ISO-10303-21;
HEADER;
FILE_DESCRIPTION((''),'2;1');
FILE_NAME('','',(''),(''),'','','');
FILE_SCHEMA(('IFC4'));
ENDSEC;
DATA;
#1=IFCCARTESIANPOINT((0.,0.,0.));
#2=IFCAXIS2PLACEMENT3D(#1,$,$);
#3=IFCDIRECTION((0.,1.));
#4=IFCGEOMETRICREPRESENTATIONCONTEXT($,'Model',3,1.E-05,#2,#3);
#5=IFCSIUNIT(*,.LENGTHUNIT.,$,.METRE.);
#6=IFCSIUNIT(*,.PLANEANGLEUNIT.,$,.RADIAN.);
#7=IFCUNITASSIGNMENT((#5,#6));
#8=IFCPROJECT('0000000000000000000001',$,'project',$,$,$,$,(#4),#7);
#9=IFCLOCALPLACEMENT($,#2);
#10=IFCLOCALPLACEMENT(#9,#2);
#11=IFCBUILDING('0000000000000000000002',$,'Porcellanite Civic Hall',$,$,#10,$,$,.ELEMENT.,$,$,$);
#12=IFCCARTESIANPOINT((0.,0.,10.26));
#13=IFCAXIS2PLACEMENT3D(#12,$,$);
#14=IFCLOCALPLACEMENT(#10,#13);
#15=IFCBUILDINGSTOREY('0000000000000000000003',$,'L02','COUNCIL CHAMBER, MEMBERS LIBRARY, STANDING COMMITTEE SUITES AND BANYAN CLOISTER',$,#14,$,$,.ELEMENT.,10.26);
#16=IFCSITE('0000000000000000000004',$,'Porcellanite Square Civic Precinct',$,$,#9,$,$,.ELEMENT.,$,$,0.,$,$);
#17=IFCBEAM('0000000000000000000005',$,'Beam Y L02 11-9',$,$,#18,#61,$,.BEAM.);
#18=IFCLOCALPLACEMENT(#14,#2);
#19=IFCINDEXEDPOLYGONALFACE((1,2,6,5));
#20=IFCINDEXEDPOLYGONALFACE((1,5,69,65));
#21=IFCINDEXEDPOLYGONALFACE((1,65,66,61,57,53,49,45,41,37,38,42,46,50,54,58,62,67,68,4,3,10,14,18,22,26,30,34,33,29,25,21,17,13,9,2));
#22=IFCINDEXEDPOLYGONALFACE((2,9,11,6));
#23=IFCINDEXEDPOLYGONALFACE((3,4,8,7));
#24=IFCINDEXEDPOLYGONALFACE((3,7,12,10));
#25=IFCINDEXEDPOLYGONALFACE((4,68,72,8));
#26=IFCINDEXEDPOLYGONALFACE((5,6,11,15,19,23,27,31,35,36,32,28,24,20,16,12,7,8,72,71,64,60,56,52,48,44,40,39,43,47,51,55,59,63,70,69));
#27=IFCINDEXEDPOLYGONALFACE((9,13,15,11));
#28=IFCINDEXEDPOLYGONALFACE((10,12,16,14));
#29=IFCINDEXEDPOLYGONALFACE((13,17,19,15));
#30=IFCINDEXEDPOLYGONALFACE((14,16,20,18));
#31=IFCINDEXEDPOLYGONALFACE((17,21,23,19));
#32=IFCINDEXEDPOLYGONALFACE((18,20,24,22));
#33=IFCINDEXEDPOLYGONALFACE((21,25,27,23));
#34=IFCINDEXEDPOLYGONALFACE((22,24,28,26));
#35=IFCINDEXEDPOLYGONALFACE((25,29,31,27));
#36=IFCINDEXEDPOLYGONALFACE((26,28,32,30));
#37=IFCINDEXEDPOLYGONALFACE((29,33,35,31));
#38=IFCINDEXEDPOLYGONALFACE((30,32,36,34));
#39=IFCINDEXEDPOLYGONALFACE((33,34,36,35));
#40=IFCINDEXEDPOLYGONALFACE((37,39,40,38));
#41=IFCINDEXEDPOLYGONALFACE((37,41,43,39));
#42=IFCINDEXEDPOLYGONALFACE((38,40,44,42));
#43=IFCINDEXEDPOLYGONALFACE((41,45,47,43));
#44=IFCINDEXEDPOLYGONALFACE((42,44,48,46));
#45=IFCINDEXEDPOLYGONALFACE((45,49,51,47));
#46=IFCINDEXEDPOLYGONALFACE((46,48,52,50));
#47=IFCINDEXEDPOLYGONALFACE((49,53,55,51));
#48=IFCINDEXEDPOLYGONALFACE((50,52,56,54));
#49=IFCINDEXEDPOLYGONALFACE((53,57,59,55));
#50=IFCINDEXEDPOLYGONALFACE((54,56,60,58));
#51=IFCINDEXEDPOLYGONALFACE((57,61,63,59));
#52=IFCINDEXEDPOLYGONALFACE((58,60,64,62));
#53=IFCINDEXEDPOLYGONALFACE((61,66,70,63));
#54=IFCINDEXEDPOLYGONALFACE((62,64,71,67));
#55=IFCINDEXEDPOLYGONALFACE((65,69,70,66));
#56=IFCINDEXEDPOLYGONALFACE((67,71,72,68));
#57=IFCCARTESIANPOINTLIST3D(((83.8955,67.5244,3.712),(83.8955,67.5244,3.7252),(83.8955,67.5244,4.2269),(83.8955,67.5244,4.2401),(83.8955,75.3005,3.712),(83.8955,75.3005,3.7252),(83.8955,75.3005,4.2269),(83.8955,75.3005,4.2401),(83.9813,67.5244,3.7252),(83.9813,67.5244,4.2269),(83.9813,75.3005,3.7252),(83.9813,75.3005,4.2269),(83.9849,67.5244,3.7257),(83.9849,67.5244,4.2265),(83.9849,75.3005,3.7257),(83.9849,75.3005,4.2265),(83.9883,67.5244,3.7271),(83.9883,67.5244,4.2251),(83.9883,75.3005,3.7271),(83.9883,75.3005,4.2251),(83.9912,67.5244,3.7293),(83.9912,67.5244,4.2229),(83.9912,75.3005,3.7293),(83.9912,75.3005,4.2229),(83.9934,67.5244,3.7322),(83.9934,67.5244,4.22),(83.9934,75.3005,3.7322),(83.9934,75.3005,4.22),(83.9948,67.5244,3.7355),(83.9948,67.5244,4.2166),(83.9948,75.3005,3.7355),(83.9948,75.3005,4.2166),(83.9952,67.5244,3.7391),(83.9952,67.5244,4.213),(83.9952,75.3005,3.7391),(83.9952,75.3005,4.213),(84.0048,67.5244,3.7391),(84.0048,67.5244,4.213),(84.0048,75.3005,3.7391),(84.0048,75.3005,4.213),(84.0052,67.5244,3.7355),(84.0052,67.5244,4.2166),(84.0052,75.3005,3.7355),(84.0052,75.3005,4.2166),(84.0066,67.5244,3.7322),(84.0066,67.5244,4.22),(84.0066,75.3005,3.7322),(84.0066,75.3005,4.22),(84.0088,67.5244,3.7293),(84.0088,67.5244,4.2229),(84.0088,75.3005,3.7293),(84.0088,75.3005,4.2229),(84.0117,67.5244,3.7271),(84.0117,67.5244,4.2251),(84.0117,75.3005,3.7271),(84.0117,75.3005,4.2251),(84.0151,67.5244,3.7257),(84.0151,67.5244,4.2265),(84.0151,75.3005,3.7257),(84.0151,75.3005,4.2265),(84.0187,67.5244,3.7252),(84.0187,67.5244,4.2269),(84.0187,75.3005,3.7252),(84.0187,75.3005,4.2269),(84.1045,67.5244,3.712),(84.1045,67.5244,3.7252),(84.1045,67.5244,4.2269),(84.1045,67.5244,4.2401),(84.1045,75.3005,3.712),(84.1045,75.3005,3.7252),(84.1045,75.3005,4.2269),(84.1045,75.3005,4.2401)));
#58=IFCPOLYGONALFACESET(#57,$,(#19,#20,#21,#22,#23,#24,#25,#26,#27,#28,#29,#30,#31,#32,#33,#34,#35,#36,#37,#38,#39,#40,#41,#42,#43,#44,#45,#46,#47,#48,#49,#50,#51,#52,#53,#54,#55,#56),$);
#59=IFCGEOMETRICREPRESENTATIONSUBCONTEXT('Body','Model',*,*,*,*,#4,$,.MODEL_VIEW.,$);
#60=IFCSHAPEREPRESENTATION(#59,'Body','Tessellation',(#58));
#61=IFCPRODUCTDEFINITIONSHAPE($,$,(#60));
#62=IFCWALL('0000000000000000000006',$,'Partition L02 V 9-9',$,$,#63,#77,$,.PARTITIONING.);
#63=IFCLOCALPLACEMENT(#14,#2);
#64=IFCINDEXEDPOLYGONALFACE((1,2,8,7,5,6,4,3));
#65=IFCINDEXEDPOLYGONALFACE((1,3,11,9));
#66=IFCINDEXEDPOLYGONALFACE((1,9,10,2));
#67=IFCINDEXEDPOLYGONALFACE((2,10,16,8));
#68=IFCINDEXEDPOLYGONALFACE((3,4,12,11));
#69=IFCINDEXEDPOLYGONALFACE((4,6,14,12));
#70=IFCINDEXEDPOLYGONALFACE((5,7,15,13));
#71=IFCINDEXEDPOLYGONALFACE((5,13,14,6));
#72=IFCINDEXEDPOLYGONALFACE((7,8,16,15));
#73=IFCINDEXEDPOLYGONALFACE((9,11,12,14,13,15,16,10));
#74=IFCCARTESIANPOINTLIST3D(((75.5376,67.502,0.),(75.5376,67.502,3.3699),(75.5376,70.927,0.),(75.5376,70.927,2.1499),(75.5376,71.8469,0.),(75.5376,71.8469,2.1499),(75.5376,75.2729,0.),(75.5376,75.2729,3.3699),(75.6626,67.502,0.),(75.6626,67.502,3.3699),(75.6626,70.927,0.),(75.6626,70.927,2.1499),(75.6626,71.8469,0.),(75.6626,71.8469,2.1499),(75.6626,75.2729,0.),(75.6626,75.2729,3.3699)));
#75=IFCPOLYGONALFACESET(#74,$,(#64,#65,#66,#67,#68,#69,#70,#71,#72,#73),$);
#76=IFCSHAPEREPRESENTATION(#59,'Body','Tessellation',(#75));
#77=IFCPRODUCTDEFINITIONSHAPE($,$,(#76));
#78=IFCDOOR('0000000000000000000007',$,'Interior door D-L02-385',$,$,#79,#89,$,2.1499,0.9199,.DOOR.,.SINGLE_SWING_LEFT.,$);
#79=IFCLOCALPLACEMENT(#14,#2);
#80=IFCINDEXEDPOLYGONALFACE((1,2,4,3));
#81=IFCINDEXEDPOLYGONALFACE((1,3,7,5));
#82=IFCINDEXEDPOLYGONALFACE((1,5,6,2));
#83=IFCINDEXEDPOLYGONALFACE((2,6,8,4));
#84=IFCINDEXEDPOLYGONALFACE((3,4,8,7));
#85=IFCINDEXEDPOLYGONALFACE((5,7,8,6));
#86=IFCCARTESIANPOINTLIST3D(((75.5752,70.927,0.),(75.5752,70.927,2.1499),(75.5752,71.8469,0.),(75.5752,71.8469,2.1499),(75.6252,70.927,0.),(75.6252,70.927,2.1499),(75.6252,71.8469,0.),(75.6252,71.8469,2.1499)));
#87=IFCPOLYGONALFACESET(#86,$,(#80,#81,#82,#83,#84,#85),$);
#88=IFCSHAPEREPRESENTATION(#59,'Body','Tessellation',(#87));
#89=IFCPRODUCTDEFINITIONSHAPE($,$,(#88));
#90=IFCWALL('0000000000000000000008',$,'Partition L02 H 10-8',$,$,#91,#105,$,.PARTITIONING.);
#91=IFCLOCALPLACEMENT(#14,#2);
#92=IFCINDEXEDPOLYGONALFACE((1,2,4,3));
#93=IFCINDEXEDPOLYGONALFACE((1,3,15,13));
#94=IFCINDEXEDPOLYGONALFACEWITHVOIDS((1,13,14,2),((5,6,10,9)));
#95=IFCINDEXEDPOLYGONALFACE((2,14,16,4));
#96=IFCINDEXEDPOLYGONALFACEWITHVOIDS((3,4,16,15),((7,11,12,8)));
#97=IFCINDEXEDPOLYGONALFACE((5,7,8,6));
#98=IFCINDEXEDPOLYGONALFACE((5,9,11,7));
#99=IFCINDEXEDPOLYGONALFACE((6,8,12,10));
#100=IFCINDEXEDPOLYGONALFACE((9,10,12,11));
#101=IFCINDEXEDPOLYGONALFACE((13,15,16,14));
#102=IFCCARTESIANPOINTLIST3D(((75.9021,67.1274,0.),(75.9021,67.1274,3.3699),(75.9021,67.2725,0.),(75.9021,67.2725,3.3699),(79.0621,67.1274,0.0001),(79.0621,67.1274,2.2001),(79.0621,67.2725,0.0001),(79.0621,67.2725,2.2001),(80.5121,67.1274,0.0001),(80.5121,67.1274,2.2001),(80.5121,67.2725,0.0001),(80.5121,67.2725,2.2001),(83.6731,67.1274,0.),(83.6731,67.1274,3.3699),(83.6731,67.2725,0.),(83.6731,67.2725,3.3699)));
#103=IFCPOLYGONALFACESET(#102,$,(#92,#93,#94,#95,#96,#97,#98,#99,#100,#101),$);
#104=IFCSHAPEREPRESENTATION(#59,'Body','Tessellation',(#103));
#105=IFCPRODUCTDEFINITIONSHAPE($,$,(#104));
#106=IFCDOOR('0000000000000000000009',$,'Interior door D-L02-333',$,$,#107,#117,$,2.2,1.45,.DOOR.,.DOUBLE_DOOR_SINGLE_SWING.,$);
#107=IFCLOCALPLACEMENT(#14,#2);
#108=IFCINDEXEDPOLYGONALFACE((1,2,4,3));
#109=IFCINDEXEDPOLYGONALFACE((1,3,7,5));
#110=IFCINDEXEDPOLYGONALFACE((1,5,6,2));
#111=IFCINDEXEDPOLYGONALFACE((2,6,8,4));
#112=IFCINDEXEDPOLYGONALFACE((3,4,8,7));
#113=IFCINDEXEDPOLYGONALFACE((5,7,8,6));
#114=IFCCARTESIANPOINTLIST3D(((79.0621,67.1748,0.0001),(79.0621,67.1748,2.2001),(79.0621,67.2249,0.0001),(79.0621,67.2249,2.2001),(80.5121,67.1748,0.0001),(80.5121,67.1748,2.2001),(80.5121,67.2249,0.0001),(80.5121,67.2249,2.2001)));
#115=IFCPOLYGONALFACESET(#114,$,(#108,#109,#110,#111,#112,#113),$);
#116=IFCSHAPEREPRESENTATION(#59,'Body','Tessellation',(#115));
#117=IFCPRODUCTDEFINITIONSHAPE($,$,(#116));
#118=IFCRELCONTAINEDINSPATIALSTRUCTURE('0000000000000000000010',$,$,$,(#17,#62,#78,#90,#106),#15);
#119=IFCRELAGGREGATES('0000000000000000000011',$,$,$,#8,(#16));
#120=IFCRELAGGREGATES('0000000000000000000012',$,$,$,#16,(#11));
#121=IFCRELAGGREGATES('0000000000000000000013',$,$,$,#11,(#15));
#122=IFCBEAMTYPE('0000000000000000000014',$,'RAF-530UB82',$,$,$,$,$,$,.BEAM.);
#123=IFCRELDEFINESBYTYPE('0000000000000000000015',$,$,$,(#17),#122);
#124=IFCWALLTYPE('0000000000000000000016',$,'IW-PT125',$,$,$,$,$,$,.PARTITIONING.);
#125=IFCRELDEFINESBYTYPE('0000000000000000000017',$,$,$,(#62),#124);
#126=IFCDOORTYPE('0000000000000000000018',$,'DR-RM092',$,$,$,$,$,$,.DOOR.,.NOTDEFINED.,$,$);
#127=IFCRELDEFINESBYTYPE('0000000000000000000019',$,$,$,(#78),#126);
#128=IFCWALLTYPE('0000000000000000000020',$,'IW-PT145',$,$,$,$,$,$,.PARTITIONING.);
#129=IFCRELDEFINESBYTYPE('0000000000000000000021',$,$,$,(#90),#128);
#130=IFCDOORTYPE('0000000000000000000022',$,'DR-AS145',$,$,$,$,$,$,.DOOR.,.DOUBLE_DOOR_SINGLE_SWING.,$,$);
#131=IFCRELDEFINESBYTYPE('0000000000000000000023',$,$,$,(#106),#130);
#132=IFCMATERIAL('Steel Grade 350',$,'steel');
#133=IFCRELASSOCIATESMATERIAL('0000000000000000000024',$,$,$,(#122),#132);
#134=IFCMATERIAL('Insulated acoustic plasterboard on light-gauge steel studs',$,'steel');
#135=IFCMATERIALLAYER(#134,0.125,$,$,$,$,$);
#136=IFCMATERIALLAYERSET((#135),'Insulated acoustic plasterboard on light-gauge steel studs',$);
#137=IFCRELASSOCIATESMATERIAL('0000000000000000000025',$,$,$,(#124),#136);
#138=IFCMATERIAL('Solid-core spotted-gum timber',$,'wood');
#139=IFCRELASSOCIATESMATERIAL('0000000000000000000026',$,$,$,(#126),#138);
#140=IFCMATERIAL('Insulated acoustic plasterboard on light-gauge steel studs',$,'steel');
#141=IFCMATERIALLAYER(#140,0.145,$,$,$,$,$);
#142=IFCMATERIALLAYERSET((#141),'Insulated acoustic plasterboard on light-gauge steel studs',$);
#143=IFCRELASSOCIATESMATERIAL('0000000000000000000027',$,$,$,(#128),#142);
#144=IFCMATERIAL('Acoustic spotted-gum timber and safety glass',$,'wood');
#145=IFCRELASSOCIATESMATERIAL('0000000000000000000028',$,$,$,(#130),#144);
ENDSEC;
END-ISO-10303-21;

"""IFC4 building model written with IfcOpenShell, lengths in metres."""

from ifc_helpers import new_model, si_unit, direction, frame, frame_2d, origin, origin_2d, place, context, subcontext, project, spatial, rectangle, i_section, extrude, material, layer, layer_set, material_profile, profile_set, type_object, element, fill, save


model = new_model("IFC4")

# Units and contexts
model_context = context("Model", 3, precision=1e-05, world=origin(), true_north=direction((0.0, 1.0)))
body_context = subcontext(model_context, "Body", "Model", "MODEL_VIEW")
ifc_project = project(units=[si_unit("LENGTHUNIT", "METRE"), si_unit("PLANEANGLEUNIT", "RADIAN")], contexts=[model_context])

# Site, building, storey
site_placement = place(None, origin())
site = spatial("IfcSite", under=ifc_project, at=site_placement, Name="Porcellanite Square Civic Precinct", CompositionType="ELEMENT", RefElevation=0.0)
building_placement = place(site_placement, origin())
building = spatial("IfcBuilding", under=site, at=building_placement, Name="Porcellanite Civic Hall", CompositionType="ELEMENT")
storey_placement = place(building_placement, frame((0.0, 0.0, 10.26)))
storey = spatial("IfcBuildingStorey", under=building, at=storey_placement, Name="L02", Description="COUNCIL CHAMBER, MEMBERS LIBRARY, STANDING COMMITTEE SUITES AND BANYAN CLOISTER", CompositionType="ELEMENT", Elevation=10.26)

# Beam
ifc_material_1 = material(Name="Steel Grade 350", Category="steel")
ifc_material_profile_1 = material_profile(ifc_material_1, i_section(OverallWidth=0.209, OverallDepth=0.5281, WebThickness=0.0095, FlangeThickness=0.0132, FilletRadius=0.0139, at=origin_2d()), Name="530UB82.0")
ifc_profile_set_1 = profile_set([ifc_material_profile_1], Name="Steel Grade 350")
beam_type_1 = type_object("IfcBeamType", Name="RAF-530UB82", PredefinedType="BEAM", material=ifc_profile_set_1)
beam_1_placement = place(storey_placement, frame((84.0, 67.5244, 3.9761), z_axis=(0.0, 1.0, 0.0), x_axis=(-1.0, 0.0, 0.0)))
element("IfcBeam", 1, at=beam_1_placement, inside=storey, type_object=beam_type_1, Name="Beam Y L02 11-9", PredefinedType="BEAM", context=body_context, shape_type="SweptSolid", body=[
    extrude(i_section(OverallWidth=0.209, OverallDepth=0.5281, WebThickness=0.0095, FlangeThickness=0.0132, FilletRadius=0.0139, at=origin_2d()), origin(), (0.0, 0.0, 1.0), 7.7761),
])

# Walls, openings, doors
ifc_material_2 = material(Name="Insulated acoustic plasterboard on light-gauge steel studs", Category="steel")
ifc_layer_1 = layer(ifc_material_2, 0.125)
ifc_layer_set_1 = layer_set([ifc_layer_1], Name="Insulated acoustic plasterboard on light-gauge steel studs")
wall_type_1 = type_object("IfcWallType", Name="IW-PT125", PredefinedType="PARTITIONING", material=ifc_layer_set_1)
wall_1_placement = place(storey_placement, frame((75.6001, 67.502, 0.0), z_axis=(0.0, 0.0, 1.0), x_axis=(0.0, 1.0, 0.0)))
wall_1 = element("IfcWall", 2, at=wall_1_placement, inside=storey, type_object=wall_type_1, Name="Partition L02 V 9-9", PredefinedType="PARTITIONING", context=body_context, shape_type="SweptSolid", body=[
    extrude(rectangle(XDim=7.771, YDim=0.125, at=frame_2d((3.8855, 0.0))), origin(), (0.0, 0.0, 1.0), 3.3699),
])
opening_1_placement = place(wall_1_placement, frame((3.425, 0.0, 0.0)))
opening_1 = element("IfcOpeningElement", 3, at=opening_1_placement, cuts=wall_1, PredefinedType="OPENING", context=body_context, shape_type="SweptSolid", body=[
    extrude(rectangle(XDim=0.9199, YDim=2.1499, at=frame_2d((0.46, 1.075))), frame((0.0, 0.0625, 0.0), z_axis=(0.0, -1.0, 0.0), x_axis=(1.0, 0.0, 0.0)), (0.0, 0.0, 1.0), 0.125),
])
ifc_material_3 = material(Name="Solid-core spotted-gum timber", Category="wood")
door_type_1 = type_object("IfcDoorType", Name="DR-RM092", OperationType="NOTDEFINED", PredefinedType="DOOR", material=ifc_material_3)
door_1_placement = place(opening_1_placement, origin())
door_1 = element("IfcDoor", 4, at=door_1_placement, inside=storey, type_object=door_type_1, Name="Interior door D-L02-385", OperationType="SINGLE_SWING_LEFT", OverallHeight=2.1499, OverallWidth=0.9199, PredefinedType="DOOR", context=body_context, shape_type="SweptSolid", body=[
    extrude(rectangle(XDim=0.9199, YDim=2.1499, at=frame_2d((0.46, 1.075))), frame((0.0, 0.0249, 0.0), z_axis=(0.0, -1.0, 0.0), x_axis=(1.0, 0.0, 0.0)), (0.0, 0.0, 1.0), 0.05),
])
fill(opening_1, door_1)
ifc_material_4 = material(Name="Insulated acoustic plasterboard on light-gauge steel studs", Category="steel")
ifc_layer_2 = layer(ifc_material_4, 0.145)
ifc_layer_set_2 = layer_set([ifc_layer_2], Name="Insulated acoustic plasterboard on light-gauge steel studs")
wall_type_2 = type_object("IfcWallType", Name="IW-PT145", PredefinedType="PARTITIONING", material=ifc_layer_set_2)
wall_2_placement = place(storey_placement, frame((75.9021, 67.2, 0.0), z_axis=(0.0, 0.0, 1.0), x_axis=(1.0, 0.0, 0.0)))
wall_2 = element("IfcWall", 5, at=wall_2_placement, inside=storey, type_object=wall_type_2, Name="Partition L02 H 10-8", PredefinedType="PARTITIONING", context=body_context, shape_type="SweptSolid", body=[
    extrude(rectangle(XDim=7.771, YDim=0.145, at=frame_2d((3.8855, 0.0))), origin(), (0.0, 0.0, 1.0), 3.3699),
])
opening_2_placement = place(wall_2_placement, frame((3.1599, 0.0, 0.0)))
opening_2 = element("IfcOpeningElement", 6, at=opening_2_placement, cuts=wall_2, PredefinedType="OPENING", context=body_context, shape_type="SweptSolid", body=[
    extrude(rectangle(XDim=1.45, YDim=2.2, at=frame_2d((0.7251, 1.1001))), frame((0.0, 0.0725, 0.0), z_axis=(0.0, -1.0, 0.0), x_axis=(1.0, 0.0, 0.0)), (0.0, 0.0, 1.0), 0.145),
])
ifc_material_5 = material(Name="Acoustic spotted-gum timber and safety glass", Category="wood")
door_type_2 = type_object("IfcDoorType", Name="DR-AS145", OperationType="DOUBLE_DOOR_SINGLE_SWING", PredefinedType="DOOR", material=ifc_material_5)
door_2_placement = place(opening_2_placement, origin())
door_2 = element("IfcDoor", 7, at=door_2_placement, inside=storey, type_object=door_type_2, Name="Interior door D-L02-333", OperationType="DOUBLE_DOOR_SINGLE_SWING", OverallHeight=2.2, OverallWidth=1.45, PredefinedType="DOOR", context=body_context, shape_type="SweptSolid", body=[
    extrude(rectangle(XDim=1.45, YDim=2.2, at=frame_2d((0.7251, 1.1001))), frame((0.0, 0.0249, 0.0), z_axis=(0.0, -1.0, 0.0), x_axis=(1.0, 0.0, 0.0)), (0.0, 0.0, 1.0), 0.05),
])
fill(opening_2, door_2)

save(model, "model.ifc")
